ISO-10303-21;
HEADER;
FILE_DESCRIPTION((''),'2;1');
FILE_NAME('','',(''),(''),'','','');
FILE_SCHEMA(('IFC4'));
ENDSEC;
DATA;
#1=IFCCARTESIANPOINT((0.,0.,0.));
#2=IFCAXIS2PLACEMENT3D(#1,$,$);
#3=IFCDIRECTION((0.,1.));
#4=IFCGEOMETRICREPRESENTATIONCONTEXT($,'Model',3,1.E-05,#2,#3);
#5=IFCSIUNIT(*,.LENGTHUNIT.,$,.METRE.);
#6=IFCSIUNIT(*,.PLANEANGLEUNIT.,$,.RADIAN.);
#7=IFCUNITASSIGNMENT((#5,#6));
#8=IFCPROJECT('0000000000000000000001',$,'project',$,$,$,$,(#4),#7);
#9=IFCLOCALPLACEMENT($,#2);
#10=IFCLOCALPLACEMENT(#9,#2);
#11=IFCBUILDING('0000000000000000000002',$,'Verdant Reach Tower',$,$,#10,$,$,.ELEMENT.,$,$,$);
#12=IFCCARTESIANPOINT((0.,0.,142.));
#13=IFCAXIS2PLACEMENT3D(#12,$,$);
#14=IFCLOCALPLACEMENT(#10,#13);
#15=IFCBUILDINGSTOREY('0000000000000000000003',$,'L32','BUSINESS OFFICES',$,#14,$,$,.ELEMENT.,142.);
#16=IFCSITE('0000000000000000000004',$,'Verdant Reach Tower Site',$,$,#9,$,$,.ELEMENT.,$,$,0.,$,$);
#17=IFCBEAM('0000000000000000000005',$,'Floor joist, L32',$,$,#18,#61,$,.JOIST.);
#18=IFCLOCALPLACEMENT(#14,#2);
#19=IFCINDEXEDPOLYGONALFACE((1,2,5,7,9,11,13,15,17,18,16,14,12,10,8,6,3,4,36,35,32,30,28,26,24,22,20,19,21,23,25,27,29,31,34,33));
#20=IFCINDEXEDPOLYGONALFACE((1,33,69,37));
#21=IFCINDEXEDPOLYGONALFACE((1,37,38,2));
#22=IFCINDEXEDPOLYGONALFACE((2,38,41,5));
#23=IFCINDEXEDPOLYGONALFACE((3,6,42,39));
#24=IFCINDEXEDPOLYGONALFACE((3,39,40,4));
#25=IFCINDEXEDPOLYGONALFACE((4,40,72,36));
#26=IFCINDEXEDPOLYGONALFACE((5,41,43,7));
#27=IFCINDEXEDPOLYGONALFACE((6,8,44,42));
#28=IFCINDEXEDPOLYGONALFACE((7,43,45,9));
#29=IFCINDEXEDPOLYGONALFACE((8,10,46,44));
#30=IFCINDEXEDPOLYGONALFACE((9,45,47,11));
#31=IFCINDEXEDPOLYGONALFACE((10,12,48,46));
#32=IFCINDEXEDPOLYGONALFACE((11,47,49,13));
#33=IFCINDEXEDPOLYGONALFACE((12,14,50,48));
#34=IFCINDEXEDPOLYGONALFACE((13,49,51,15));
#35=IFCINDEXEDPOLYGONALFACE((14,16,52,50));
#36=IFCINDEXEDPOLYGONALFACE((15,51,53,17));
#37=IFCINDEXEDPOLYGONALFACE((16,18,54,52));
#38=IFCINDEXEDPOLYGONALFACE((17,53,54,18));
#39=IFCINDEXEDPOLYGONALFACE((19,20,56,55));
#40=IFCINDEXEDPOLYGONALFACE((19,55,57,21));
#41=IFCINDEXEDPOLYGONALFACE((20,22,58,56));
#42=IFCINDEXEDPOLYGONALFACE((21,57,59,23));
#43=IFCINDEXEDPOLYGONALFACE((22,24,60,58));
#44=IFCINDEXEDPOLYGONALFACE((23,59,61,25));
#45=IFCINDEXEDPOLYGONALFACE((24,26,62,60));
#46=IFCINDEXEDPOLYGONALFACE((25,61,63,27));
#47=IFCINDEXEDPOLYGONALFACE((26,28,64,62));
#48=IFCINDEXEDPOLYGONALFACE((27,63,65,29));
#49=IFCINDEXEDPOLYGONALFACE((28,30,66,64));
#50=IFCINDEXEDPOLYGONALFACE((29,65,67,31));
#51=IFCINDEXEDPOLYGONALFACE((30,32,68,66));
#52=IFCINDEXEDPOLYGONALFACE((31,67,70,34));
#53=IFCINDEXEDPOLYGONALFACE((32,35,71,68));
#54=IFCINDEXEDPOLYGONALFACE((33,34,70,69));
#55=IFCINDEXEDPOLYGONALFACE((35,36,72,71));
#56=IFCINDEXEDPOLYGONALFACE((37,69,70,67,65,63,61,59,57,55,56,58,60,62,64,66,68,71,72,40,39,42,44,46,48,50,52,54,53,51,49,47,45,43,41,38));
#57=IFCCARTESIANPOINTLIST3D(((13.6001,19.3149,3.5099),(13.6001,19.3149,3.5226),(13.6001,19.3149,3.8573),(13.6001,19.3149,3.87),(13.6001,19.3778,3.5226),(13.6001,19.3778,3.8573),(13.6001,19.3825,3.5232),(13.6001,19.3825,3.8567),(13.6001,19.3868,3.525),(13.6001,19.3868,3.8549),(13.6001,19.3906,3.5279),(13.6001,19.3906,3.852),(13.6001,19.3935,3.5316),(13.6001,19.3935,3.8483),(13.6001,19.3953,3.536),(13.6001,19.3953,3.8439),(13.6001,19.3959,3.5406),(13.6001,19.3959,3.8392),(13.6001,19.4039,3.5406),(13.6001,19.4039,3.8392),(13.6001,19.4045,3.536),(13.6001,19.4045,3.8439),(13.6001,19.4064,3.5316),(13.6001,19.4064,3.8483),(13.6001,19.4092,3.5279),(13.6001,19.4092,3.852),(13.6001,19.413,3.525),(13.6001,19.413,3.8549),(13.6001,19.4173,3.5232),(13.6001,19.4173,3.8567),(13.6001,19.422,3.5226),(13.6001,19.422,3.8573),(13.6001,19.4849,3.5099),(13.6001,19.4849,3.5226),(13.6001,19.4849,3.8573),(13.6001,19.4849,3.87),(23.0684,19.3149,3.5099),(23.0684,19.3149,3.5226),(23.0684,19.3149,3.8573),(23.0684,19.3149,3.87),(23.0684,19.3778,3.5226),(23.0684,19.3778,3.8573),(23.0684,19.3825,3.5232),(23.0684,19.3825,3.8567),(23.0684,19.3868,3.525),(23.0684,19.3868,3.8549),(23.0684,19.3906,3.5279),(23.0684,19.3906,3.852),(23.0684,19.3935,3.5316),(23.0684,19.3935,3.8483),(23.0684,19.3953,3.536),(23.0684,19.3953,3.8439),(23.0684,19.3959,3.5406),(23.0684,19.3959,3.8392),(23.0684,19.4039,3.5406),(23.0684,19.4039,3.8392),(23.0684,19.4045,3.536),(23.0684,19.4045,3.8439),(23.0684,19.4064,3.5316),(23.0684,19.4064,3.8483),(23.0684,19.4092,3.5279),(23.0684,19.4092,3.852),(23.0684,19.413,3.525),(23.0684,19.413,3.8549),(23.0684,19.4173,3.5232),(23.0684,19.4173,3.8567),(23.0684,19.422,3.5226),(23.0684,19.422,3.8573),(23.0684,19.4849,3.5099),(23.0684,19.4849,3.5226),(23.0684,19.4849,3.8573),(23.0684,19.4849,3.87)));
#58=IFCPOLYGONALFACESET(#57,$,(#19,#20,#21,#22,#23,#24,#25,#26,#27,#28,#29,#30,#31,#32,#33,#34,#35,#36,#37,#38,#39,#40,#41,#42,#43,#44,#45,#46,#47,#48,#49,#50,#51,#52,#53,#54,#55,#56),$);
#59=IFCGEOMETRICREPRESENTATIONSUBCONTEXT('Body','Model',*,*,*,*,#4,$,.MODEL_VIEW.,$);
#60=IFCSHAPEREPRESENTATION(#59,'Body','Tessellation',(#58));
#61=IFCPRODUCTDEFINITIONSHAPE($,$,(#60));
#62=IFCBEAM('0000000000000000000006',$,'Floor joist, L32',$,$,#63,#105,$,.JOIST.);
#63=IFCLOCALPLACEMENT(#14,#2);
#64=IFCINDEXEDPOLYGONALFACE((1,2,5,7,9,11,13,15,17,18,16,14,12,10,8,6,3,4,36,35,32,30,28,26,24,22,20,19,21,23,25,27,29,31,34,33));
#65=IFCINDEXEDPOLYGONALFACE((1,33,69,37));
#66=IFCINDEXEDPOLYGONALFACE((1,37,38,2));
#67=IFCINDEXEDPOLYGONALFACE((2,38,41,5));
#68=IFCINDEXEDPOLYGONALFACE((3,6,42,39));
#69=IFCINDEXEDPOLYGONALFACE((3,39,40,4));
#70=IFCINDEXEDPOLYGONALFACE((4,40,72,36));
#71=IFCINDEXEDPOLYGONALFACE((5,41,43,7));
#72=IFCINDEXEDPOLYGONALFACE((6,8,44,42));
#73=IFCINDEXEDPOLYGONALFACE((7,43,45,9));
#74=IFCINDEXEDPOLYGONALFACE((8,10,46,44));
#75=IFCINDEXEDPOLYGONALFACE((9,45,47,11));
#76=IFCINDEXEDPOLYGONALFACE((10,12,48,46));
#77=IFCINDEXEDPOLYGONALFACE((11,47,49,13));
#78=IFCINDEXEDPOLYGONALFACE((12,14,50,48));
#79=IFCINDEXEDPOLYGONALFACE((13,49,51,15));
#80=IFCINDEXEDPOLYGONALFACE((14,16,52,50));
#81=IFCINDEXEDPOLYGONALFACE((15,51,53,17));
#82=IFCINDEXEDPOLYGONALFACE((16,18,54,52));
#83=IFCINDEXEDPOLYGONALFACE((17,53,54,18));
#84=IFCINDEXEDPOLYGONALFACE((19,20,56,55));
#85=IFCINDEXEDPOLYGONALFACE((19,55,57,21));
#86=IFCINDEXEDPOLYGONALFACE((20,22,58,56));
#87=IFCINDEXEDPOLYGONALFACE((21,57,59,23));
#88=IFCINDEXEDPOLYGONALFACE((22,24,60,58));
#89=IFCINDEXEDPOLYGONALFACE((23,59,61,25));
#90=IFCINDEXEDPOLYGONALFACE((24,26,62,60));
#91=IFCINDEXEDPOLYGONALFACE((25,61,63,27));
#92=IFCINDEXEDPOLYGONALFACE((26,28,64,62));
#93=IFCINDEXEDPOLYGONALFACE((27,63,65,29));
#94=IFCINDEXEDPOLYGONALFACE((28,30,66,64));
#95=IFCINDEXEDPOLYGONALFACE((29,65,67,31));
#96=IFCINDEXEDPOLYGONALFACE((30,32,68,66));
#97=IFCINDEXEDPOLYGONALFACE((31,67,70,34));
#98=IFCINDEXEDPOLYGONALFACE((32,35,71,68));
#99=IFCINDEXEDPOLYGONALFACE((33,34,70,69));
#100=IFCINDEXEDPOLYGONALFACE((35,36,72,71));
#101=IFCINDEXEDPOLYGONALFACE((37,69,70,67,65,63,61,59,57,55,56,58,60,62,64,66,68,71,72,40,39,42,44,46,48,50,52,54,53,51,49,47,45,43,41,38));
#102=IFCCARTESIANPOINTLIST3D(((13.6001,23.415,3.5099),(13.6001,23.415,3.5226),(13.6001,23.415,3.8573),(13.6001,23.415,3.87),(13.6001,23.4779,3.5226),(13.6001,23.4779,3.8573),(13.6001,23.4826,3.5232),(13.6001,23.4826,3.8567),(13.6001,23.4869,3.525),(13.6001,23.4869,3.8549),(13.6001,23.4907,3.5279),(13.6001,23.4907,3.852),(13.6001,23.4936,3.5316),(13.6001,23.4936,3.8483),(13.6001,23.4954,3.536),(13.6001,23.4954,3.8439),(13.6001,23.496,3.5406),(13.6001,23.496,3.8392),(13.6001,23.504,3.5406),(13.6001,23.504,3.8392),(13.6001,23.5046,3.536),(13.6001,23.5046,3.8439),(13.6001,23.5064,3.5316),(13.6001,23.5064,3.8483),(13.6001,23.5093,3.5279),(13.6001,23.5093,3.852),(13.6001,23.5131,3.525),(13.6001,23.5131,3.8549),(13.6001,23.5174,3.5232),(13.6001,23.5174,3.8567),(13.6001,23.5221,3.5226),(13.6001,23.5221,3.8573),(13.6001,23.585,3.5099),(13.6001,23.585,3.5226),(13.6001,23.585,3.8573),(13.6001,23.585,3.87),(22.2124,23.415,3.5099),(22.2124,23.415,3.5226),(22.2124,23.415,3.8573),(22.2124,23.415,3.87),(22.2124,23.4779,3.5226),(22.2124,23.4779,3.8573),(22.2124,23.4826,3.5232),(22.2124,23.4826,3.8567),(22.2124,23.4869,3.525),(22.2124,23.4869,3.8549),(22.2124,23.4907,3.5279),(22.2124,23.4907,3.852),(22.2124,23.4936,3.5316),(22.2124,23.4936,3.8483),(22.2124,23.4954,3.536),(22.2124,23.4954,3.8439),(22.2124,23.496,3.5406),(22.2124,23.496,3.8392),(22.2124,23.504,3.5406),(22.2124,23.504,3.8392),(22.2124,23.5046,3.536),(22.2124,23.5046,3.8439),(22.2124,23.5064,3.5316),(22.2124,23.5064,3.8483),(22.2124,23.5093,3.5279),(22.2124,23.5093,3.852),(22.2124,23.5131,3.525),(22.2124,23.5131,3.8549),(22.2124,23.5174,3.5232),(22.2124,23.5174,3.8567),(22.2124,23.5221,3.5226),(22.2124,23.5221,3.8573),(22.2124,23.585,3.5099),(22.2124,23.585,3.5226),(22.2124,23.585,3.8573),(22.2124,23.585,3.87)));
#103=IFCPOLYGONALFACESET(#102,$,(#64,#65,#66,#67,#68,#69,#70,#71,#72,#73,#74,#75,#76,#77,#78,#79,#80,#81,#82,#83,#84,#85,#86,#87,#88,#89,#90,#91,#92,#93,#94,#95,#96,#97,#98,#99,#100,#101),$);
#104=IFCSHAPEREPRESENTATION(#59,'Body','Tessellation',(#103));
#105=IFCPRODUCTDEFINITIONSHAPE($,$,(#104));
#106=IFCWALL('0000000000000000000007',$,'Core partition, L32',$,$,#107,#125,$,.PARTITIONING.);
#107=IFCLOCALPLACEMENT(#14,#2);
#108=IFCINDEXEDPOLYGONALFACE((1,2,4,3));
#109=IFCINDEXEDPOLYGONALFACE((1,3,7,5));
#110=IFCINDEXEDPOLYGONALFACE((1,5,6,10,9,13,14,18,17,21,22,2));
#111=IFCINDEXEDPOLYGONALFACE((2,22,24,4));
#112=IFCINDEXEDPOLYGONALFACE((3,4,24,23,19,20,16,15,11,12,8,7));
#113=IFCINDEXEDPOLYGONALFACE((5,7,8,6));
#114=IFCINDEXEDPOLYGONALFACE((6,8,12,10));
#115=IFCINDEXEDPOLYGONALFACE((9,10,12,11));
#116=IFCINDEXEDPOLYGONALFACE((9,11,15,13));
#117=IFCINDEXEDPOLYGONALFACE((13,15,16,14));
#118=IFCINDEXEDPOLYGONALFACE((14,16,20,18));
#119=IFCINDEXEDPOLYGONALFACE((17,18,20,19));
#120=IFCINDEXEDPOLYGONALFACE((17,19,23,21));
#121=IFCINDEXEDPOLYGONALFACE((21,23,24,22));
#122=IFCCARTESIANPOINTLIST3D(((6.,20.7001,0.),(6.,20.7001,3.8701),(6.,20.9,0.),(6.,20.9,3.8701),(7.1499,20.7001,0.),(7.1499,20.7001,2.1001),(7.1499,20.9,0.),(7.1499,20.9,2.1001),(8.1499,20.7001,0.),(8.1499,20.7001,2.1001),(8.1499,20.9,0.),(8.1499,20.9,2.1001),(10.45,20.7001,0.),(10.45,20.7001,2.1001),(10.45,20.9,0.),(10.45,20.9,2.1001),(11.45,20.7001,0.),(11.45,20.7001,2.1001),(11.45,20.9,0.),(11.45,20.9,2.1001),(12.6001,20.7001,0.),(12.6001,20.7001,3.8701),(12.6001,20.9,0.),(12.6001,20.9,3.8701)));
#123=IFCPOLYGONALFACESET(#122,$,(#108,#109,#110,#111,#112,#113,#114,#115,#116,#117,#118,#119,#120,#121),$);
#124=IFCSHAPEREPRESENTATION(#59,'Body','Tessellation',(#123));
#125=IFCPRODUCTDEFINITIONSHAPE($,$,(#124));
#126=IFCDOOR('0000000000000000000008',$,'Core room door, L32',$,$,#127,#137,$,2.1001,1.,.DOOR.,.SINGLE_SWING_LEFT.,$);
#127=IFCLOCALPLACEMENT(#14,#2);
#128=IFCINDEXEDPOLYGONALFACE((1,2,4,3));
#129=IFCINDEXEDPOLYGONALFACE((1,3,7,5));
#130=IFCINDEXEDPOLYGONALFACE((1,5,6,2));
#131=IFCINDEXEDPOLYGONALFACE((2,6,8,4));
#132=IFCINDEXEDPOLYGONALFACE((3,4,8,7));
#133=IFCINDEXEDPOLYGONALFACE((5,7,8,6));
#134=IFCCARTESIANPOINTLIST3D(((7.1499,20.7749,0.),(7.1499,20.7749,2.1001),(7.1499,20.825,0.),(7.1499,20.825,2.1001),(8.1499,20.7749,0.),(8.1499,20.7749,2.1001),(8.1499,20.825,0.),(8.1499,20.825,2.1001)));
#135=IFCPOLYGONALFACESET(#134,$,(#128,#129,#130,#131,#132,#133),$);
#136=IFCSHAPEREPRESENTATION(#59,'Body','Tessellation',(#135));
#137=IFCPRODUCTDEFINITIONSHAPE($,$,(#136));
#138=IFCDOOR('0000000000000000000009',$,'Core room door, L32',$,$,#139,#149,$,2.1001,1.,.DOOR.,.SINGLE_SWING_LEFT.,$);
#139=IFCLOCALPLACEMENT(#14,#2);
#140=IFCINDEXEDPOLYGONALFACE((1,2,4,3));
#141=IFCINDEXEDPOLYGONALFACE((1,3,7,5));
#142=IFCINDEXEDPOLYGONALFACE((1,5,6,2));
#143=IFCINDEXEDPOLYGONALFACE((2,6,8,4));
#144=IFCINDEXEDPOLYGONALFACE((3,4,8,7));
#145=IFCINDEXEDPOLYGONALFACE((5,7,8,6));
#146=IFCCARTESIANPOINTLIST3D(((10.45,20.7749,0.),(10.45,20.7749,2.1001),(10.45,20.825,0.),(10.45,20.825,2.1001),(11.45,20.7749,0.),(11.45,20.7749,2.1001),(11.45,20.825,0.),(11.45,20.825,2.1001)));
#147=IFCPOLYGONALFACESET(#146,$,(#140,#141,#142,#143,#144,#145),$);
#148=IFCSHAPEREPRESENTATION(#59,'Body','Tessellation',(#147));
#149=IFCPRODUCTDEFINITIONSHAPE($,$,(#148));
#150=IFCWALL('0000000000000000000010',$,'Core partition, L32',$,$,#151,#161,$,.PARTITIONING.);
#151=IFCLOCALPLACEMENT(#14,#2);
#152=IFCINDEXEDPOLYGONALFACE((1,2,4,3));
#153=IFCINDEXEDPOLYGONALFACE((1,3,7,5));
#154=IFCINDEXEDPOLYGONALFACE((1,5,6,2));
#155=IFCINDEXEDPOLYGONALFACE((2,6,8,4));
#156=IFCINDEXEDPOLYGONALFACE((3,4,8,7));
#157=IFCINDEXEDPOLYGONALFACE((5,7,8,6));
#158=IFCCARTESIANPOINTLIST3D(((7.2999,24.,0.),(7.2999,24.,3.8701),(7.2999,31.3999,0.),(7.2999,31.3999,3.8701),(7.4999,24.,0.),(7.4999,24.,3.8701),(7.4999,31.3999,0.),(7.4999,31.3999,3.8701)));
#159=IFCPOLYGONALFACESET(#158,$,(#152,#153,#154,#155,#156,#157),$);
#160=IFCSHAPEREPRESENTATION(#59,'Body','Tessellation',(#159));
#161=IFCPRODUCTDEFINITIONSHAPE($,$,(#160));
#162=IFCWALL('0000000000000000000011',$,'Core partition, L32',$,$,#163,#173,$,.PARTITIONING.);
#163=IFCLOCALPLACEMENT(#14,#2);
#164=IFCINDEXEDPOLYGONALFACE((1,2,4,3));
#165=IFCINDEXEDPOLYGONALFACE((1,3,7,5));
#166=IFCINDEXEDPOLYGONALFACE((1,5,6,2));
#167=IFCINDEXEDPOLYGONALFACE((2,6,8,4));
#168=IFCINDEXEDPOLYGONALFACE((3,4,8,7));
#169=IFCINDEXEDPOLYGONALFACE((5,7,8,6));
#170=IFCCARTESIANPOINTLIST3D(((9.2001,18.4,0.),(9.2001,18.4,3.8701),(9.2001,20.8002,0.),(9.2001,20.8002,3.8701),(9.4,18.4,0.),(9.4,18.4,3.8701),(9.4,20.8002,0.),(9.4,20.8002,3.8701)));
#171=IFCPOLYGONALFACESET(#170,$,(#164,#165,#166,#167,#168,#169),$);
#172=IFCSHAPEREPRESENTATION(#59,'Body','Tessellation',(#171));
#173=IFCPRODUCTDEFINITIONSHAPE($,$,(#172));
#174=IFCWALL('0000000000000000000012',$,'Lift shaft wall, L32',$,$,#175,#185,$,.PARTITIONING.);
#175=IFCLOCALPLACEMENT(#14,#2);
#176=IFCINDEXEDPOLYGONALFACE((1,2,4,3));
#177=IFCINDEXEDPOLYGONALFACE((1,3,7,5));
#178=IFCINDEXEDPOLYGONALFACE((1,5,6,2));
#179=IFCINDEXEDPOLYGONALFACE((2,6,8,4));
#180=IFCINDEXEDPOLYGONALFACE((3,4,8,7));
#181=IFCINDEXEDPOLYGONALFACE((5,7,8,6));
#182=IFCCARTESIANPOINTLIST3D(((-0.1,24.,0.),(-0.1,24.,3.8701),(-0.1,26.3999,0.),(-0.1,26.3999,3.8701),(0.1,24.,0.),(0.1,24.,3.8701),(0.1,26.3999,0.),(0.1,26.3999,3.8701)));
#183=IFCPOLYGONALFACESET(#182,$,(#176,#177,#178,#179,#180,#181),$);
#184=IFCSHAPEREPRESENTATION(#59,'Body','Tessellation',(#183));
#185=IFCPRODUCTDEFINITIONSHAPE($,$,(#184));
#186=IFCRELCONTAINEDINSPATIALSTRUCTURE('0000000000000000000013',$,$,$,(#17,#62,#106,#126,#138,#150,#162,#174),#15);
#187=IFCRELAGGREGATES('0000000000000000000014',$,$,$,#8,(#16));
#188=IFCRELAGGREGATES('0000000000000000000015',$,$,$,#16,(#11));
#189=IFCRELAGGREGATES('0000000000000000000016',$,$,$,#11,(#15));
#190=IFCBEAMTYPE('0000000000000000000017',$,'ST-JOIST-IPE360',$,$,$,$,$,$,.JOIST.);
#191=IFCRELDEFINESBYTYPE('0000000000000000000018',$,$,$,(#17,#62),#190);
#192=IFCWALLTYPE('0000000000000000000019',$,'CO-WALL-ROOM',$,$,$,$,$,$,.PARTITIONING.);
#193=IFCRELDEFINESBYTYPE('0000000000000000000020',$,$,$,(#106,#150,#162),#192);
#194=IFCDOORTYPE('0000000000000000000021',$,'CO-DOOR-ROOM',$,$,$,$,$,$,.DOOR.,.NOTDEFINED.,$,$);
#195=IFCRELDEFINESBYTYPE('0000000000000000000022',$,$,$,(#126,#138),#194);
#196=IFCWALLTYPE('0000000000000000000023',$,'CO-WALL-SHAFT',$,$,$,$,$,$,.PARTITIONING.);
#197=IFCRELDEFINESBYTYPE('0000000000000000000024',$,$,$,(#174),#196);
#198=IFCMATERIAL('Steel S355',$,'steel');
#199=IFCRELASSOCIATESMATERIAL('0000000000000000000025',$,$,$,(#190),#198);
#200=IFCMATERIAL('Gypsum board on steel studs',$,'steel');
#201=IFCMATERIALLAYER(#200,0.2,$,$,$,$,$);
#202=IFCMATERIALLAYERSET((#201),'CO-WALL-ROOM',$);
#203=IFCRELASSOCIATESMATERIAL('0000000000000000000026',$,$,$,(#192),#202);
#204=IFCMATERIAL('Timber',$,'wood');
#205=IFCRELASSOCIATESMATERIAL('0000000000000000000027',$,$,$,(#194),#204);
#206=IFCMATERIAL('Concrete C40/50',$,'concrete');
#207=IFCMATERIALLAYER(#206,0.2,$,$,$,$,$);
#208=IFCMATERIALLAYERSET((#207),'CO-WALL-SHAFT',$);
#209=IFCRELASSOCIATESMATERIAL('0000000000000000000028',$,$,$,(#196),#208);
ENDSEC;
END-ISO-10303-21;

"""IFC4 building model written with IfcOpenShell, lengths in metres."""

from ifc_helpers import new_model, si_unit, direction, frame, frame_2d, origin, origin_2d, place, context, subcontext, project, spatial, rectangle, i_section, extrude, material, layer, layer_set, material_profile, profile_set, type_object, element, fill, save


model = new_model("IFC4")

# Units and contexts
model_context = context("Model", 3, precision=1e-05, world=origin(), true_north=direction((0.0, 1.0)))
body_context = subcontext(model_context, "Body", "Model", "MODEL_VIEW")
ifc_project = project(units=[si_unit("LENGTHUNIT", "METRE"), si_unit("PLANEANGLEUNIT", "RADIAN")], contexts=[model_context])

# Site, building, storey
site_placement = place(None, origin())
site = spatial("IfcSite", under=ifc_project, at=site_placement, Name="Verdant Reach Tower Site", CompositionType="ELEMENT", RefElevation=0.0)
building_placement = place(site_placement, origin())
building = spatial("IfcBuilding", under=site, at=building_placement, Name="Verdant Reach Tower", CompositionType="ELEMENT")
storey_placement = place(building_placement, frame((0.0, 0.0, 142.0)))
storey = spatial("IfcBuildingStorey", under=building, at=storey_placement, Name="L32", Description="BUSINESS OFFICES", CompositionType="ELEMENT", Elevation=142.0)

# Beams
ifc_material_1 = material(Name="Steel S355", Category="steel")
ifc_material_profile = material_profile(ifc_material_1, i_section(OverallWidth=0.1699, OverallDepth=0.3601, WebThickness=0.0081, FlangeThickness=0.0127, FilletRadius=0.0181, at=origin_2d()), Name="IPE 360")
ifc_profile_set = profile_set([ifc_material_profile], Name="Steel S355")
beam_type = type_object("IfcBeamType", Name="ST-JOIST-IPE360", PredefinedType="JOIST", material=ifc_profile_set)
beam_1_placement = place(storey_placement, frame((13.6001, 19.3999, 3.6899), z_axis=(1.0, 0.0, 0.0), x_axis=(0.0, 1.0, 0.0)))
element("IfcBeam", 1, at=beam_1_placement, inside=storey, type_object=beam_type, Name="Floor joist, L32", PredefinedType="JOIST", context=body_context, shape_type="SweptSolid", body=[
    extrude(i_section(OverallWidth=0.1699, OverallDepth=0.3601, WebThickness=0.0081, FlangeThickness=0.0127, FilletRadius=0.0181, at=origin_2d()), origin(), (0.0, 0.0, 1.0), 9.4683),
])
beam_2_placement = place(storey_placement, frame((13.6001, 23.5, 3.6899), z_axis=(1.0, 0.0, 0.0), x_axis=(0.0, 1.0, 0.0)))
element("IfcBeam", 2, at=beam_2_placement, inside=storey, type_object=beam_type, Name="Floor joist, L32", PredefinedType="JOIST", context=body_context, shape_type="SweptSolid", body=[
    extrude(i_section(OverallWidth=0.1699, OverallDepth=0.3601, WebThickness=0.0081, FlangeThickness=0.0127, FilletRadius=0.0181, at=origin_2d()), origin(), (0.0, 0.0, 1.0), 8.6123),
])

# Wall, openings, doors
ifc_material_2 = material(Name="Gypsum board on steel studs", Category="steel")
ifc_layer_1 = layer(ifc_material_2, 0.2)
ifc_layer_set_1 = layer_set([ifc_layer_1], Name="CO-WALL-ROOM")
wall_type_1 = type_object("IfcWallType", Name="CO-WALL-ROOM", PredefinedType="PARTITIONING", material=ifc_layer_set_1)
wall_1_placement = place(storey_placement, frame((6.0, 20.8, 0.0), z_axis=(0.0, 0.0, 1.0), x_axis=(1.0, 0.0, 0.0)))
wall_1 = element("IfcWall", 3, at=wall_1_placement, inside=storey, type_object=wall_type_1, Name="Core partition, L32", PredefinedType="PARTITIONING", context=body_context, shape_type="SweptSolid", body=[
    extrude(rectangle(XDim=6.6001, YDim=0.2, at=frame_2d((3.3, 0.0))), origin(), (0.0, 0.0, 1.0), 3.8701),
])
opening_1_placement = place(wall_1_placement, frame((1.1499, 0.0, 0.0)))
opening_1 = element("IfcOpeningElement", 4, at=opening_1_placement, cuts=wall_1, PredefinedType="OPENING", context=body_context, shape_type="SweptSolid", body=[
    extrude(rectangle(XDim=1.0, YDim=2.1001, at=frame_2d((0.5, 1.05))), frame((0.0, 0.1099, 0.0), z_axis=(0.0, -1.0, 0.0), x_axis=(1.0, 0.0, 0.0)), (0.0, 0.0, 1.0), 0.22),
])
opening_2_placement = place(wall_1_placement, frame((4.45, 0.0, 0.0)))
opening_2 = element("IfcOpeningElement", 5, at=opening_2_placement, cuts=wall_1, PredefinedType="OPENING", context=body_context, shape_type="SweptSolid", body=[
    extrude(rectangle(XDim=1.0, YDim=2.1001, at=frame_2d((0.5, 1.05))), frame((0.0, 0.1099, 0.0), z_axis=(0.0, -1.0, 0.0), x_axis=(1.0, 0.0, 0.0)), (0.0, 0.0, 1.0), 0.22),
])
ifc_material_3 = material(Name="Timber", Category="wood")
door_type_1 = type_object("IfcDoorType", Name="CO-DOOR-ROOM", OperationType="NOTDEFINED", PredefinedType="DOOR", material=ifc_material_3)
door_1_placement = place(opening_1_placement, origin())
door_1 = element("IfcDoor", 6, at=door_1_placement, inside=storey, type_object=door_type_1, Name="Core room door, L32", OperationType="SINGLE_SWING_LEFT", OverallHeight=2.1001, OverallWidth=1.0, PredefinedType="DOOR", context=body_context, shape_type="SweptSolid", body=[
    extrude(rectangle(XDim=1.0, YDim=2.1001, at=frame_2d((0.5, 1.05))), frame((0.0, 0.0249, 0.0), z_axis=(0.0, -1.0, 0.0), x_axis=(1.0, 0.0, 0.0)), (0.0, 0.0, 1.0), 0.05),
])
fill(opening_1, door_1)
door_2_placement = place(opening_2_placement, origin())
door_2 = element("IfcDoor", 7, at=door_2_placement, inside=storey, type_object=door_type_1, Name="Core room door, L32", OperationType="SINGLE_SWING_LEFT", OverallHeight=2.1001, OverallWidth=1.0, PredefinedType="DOOR", context=body_context, shape_type="SweptSolid", body=[
    extrude(rectangle(XDim=1.0, YDim=2.1001, at=frame_2d((0.5, 1.05))), frame((0.0, 0.0249, 0.0), z_axis=(0.0, -1.0, 0.0), x_axis=(1.0, 0.0, 0.0)), (0.0, 0.0, 1.0), 0.05),
])
fill(opening_2, door_2)

# Walls
wall_2_placement = place(storey_placement, frame((7.3999, 24.0, 0.0), z_axis=(0.0, 0.0, 1.0), x_axis=(0.0, 1.0, 0.0)))
element("IfcWall", 8, at=wall_2_placement, inside=storey, type_object=wall_type_1, Name="Core partition, L32", PredefinedType="PARTITIONING", context=body_context, shape_type="SweptSolid", body=[
    extrude(rectangle(XDim=7.3999, YDim=0.2, at=frame_2d((3.7, 0.0))), origin(), (0.0, 0.0, 1.0), 3.8701),
])
wall_3_placement = place(storey_placement, frame((9.3, 18.3999, 0.0), z_axis=(0.0, 0.0, 1.0), x_axis=(0.0, 1.0, 0.0)))
element("IfcWall", 9, at=wall_3_placement, inside=storey, type_object=wall_type_1, Name="Core partition, L32", PredefinedType="PARTITIONING", context=body_context, shape_type="SweptSolid", body=[
    extrude(rectangle(XDim=2.4001, YDim=0.2, at=frame_2d((1.2002, 0.0))), origin(), (0.0, 0.0, 1.0), 3.8701),
])
ifc_material_4 = material(Name="Concrete C40/50", Category="concrete")
ifc_layer_2 = layer(ifc_material_4, 0.2)
ifc_layer_set_2 = layer_set([ifc_layer_2], Name="CO-WALL-SHAFT")
wall_type_2 = type_object("IfcWallType", Name="CO-WALL-SHAFT", PredefinedType="PARTITIONING", material=ifc_layer_set_2)
for number, where, z_axis, x_axis, name in (
    (10, (0.0, 24.0, 0.0), (0.0, 0.0, 1.0), (0.0, 1.0, 0.0), "Lift shaft wall, L32"),
):
    element("IfcWall", number, at=place(storey_placement, frame(where, z_axis=z_axis, x_axis=x_axis)), inside=storey, type_object=wall_type_2, Name=name, PredefinedType="PARTITIONING", context=body_context, shape_type="SweptSolid", body=[
        extrude(rectangle(XDim=2.3999, YDim=0.2, at=frame_2d((1.2, 0.0))), origin(), (0.0, 0.0, 1.0), 3.8701),
    ])

save(model, "model.ifc")
